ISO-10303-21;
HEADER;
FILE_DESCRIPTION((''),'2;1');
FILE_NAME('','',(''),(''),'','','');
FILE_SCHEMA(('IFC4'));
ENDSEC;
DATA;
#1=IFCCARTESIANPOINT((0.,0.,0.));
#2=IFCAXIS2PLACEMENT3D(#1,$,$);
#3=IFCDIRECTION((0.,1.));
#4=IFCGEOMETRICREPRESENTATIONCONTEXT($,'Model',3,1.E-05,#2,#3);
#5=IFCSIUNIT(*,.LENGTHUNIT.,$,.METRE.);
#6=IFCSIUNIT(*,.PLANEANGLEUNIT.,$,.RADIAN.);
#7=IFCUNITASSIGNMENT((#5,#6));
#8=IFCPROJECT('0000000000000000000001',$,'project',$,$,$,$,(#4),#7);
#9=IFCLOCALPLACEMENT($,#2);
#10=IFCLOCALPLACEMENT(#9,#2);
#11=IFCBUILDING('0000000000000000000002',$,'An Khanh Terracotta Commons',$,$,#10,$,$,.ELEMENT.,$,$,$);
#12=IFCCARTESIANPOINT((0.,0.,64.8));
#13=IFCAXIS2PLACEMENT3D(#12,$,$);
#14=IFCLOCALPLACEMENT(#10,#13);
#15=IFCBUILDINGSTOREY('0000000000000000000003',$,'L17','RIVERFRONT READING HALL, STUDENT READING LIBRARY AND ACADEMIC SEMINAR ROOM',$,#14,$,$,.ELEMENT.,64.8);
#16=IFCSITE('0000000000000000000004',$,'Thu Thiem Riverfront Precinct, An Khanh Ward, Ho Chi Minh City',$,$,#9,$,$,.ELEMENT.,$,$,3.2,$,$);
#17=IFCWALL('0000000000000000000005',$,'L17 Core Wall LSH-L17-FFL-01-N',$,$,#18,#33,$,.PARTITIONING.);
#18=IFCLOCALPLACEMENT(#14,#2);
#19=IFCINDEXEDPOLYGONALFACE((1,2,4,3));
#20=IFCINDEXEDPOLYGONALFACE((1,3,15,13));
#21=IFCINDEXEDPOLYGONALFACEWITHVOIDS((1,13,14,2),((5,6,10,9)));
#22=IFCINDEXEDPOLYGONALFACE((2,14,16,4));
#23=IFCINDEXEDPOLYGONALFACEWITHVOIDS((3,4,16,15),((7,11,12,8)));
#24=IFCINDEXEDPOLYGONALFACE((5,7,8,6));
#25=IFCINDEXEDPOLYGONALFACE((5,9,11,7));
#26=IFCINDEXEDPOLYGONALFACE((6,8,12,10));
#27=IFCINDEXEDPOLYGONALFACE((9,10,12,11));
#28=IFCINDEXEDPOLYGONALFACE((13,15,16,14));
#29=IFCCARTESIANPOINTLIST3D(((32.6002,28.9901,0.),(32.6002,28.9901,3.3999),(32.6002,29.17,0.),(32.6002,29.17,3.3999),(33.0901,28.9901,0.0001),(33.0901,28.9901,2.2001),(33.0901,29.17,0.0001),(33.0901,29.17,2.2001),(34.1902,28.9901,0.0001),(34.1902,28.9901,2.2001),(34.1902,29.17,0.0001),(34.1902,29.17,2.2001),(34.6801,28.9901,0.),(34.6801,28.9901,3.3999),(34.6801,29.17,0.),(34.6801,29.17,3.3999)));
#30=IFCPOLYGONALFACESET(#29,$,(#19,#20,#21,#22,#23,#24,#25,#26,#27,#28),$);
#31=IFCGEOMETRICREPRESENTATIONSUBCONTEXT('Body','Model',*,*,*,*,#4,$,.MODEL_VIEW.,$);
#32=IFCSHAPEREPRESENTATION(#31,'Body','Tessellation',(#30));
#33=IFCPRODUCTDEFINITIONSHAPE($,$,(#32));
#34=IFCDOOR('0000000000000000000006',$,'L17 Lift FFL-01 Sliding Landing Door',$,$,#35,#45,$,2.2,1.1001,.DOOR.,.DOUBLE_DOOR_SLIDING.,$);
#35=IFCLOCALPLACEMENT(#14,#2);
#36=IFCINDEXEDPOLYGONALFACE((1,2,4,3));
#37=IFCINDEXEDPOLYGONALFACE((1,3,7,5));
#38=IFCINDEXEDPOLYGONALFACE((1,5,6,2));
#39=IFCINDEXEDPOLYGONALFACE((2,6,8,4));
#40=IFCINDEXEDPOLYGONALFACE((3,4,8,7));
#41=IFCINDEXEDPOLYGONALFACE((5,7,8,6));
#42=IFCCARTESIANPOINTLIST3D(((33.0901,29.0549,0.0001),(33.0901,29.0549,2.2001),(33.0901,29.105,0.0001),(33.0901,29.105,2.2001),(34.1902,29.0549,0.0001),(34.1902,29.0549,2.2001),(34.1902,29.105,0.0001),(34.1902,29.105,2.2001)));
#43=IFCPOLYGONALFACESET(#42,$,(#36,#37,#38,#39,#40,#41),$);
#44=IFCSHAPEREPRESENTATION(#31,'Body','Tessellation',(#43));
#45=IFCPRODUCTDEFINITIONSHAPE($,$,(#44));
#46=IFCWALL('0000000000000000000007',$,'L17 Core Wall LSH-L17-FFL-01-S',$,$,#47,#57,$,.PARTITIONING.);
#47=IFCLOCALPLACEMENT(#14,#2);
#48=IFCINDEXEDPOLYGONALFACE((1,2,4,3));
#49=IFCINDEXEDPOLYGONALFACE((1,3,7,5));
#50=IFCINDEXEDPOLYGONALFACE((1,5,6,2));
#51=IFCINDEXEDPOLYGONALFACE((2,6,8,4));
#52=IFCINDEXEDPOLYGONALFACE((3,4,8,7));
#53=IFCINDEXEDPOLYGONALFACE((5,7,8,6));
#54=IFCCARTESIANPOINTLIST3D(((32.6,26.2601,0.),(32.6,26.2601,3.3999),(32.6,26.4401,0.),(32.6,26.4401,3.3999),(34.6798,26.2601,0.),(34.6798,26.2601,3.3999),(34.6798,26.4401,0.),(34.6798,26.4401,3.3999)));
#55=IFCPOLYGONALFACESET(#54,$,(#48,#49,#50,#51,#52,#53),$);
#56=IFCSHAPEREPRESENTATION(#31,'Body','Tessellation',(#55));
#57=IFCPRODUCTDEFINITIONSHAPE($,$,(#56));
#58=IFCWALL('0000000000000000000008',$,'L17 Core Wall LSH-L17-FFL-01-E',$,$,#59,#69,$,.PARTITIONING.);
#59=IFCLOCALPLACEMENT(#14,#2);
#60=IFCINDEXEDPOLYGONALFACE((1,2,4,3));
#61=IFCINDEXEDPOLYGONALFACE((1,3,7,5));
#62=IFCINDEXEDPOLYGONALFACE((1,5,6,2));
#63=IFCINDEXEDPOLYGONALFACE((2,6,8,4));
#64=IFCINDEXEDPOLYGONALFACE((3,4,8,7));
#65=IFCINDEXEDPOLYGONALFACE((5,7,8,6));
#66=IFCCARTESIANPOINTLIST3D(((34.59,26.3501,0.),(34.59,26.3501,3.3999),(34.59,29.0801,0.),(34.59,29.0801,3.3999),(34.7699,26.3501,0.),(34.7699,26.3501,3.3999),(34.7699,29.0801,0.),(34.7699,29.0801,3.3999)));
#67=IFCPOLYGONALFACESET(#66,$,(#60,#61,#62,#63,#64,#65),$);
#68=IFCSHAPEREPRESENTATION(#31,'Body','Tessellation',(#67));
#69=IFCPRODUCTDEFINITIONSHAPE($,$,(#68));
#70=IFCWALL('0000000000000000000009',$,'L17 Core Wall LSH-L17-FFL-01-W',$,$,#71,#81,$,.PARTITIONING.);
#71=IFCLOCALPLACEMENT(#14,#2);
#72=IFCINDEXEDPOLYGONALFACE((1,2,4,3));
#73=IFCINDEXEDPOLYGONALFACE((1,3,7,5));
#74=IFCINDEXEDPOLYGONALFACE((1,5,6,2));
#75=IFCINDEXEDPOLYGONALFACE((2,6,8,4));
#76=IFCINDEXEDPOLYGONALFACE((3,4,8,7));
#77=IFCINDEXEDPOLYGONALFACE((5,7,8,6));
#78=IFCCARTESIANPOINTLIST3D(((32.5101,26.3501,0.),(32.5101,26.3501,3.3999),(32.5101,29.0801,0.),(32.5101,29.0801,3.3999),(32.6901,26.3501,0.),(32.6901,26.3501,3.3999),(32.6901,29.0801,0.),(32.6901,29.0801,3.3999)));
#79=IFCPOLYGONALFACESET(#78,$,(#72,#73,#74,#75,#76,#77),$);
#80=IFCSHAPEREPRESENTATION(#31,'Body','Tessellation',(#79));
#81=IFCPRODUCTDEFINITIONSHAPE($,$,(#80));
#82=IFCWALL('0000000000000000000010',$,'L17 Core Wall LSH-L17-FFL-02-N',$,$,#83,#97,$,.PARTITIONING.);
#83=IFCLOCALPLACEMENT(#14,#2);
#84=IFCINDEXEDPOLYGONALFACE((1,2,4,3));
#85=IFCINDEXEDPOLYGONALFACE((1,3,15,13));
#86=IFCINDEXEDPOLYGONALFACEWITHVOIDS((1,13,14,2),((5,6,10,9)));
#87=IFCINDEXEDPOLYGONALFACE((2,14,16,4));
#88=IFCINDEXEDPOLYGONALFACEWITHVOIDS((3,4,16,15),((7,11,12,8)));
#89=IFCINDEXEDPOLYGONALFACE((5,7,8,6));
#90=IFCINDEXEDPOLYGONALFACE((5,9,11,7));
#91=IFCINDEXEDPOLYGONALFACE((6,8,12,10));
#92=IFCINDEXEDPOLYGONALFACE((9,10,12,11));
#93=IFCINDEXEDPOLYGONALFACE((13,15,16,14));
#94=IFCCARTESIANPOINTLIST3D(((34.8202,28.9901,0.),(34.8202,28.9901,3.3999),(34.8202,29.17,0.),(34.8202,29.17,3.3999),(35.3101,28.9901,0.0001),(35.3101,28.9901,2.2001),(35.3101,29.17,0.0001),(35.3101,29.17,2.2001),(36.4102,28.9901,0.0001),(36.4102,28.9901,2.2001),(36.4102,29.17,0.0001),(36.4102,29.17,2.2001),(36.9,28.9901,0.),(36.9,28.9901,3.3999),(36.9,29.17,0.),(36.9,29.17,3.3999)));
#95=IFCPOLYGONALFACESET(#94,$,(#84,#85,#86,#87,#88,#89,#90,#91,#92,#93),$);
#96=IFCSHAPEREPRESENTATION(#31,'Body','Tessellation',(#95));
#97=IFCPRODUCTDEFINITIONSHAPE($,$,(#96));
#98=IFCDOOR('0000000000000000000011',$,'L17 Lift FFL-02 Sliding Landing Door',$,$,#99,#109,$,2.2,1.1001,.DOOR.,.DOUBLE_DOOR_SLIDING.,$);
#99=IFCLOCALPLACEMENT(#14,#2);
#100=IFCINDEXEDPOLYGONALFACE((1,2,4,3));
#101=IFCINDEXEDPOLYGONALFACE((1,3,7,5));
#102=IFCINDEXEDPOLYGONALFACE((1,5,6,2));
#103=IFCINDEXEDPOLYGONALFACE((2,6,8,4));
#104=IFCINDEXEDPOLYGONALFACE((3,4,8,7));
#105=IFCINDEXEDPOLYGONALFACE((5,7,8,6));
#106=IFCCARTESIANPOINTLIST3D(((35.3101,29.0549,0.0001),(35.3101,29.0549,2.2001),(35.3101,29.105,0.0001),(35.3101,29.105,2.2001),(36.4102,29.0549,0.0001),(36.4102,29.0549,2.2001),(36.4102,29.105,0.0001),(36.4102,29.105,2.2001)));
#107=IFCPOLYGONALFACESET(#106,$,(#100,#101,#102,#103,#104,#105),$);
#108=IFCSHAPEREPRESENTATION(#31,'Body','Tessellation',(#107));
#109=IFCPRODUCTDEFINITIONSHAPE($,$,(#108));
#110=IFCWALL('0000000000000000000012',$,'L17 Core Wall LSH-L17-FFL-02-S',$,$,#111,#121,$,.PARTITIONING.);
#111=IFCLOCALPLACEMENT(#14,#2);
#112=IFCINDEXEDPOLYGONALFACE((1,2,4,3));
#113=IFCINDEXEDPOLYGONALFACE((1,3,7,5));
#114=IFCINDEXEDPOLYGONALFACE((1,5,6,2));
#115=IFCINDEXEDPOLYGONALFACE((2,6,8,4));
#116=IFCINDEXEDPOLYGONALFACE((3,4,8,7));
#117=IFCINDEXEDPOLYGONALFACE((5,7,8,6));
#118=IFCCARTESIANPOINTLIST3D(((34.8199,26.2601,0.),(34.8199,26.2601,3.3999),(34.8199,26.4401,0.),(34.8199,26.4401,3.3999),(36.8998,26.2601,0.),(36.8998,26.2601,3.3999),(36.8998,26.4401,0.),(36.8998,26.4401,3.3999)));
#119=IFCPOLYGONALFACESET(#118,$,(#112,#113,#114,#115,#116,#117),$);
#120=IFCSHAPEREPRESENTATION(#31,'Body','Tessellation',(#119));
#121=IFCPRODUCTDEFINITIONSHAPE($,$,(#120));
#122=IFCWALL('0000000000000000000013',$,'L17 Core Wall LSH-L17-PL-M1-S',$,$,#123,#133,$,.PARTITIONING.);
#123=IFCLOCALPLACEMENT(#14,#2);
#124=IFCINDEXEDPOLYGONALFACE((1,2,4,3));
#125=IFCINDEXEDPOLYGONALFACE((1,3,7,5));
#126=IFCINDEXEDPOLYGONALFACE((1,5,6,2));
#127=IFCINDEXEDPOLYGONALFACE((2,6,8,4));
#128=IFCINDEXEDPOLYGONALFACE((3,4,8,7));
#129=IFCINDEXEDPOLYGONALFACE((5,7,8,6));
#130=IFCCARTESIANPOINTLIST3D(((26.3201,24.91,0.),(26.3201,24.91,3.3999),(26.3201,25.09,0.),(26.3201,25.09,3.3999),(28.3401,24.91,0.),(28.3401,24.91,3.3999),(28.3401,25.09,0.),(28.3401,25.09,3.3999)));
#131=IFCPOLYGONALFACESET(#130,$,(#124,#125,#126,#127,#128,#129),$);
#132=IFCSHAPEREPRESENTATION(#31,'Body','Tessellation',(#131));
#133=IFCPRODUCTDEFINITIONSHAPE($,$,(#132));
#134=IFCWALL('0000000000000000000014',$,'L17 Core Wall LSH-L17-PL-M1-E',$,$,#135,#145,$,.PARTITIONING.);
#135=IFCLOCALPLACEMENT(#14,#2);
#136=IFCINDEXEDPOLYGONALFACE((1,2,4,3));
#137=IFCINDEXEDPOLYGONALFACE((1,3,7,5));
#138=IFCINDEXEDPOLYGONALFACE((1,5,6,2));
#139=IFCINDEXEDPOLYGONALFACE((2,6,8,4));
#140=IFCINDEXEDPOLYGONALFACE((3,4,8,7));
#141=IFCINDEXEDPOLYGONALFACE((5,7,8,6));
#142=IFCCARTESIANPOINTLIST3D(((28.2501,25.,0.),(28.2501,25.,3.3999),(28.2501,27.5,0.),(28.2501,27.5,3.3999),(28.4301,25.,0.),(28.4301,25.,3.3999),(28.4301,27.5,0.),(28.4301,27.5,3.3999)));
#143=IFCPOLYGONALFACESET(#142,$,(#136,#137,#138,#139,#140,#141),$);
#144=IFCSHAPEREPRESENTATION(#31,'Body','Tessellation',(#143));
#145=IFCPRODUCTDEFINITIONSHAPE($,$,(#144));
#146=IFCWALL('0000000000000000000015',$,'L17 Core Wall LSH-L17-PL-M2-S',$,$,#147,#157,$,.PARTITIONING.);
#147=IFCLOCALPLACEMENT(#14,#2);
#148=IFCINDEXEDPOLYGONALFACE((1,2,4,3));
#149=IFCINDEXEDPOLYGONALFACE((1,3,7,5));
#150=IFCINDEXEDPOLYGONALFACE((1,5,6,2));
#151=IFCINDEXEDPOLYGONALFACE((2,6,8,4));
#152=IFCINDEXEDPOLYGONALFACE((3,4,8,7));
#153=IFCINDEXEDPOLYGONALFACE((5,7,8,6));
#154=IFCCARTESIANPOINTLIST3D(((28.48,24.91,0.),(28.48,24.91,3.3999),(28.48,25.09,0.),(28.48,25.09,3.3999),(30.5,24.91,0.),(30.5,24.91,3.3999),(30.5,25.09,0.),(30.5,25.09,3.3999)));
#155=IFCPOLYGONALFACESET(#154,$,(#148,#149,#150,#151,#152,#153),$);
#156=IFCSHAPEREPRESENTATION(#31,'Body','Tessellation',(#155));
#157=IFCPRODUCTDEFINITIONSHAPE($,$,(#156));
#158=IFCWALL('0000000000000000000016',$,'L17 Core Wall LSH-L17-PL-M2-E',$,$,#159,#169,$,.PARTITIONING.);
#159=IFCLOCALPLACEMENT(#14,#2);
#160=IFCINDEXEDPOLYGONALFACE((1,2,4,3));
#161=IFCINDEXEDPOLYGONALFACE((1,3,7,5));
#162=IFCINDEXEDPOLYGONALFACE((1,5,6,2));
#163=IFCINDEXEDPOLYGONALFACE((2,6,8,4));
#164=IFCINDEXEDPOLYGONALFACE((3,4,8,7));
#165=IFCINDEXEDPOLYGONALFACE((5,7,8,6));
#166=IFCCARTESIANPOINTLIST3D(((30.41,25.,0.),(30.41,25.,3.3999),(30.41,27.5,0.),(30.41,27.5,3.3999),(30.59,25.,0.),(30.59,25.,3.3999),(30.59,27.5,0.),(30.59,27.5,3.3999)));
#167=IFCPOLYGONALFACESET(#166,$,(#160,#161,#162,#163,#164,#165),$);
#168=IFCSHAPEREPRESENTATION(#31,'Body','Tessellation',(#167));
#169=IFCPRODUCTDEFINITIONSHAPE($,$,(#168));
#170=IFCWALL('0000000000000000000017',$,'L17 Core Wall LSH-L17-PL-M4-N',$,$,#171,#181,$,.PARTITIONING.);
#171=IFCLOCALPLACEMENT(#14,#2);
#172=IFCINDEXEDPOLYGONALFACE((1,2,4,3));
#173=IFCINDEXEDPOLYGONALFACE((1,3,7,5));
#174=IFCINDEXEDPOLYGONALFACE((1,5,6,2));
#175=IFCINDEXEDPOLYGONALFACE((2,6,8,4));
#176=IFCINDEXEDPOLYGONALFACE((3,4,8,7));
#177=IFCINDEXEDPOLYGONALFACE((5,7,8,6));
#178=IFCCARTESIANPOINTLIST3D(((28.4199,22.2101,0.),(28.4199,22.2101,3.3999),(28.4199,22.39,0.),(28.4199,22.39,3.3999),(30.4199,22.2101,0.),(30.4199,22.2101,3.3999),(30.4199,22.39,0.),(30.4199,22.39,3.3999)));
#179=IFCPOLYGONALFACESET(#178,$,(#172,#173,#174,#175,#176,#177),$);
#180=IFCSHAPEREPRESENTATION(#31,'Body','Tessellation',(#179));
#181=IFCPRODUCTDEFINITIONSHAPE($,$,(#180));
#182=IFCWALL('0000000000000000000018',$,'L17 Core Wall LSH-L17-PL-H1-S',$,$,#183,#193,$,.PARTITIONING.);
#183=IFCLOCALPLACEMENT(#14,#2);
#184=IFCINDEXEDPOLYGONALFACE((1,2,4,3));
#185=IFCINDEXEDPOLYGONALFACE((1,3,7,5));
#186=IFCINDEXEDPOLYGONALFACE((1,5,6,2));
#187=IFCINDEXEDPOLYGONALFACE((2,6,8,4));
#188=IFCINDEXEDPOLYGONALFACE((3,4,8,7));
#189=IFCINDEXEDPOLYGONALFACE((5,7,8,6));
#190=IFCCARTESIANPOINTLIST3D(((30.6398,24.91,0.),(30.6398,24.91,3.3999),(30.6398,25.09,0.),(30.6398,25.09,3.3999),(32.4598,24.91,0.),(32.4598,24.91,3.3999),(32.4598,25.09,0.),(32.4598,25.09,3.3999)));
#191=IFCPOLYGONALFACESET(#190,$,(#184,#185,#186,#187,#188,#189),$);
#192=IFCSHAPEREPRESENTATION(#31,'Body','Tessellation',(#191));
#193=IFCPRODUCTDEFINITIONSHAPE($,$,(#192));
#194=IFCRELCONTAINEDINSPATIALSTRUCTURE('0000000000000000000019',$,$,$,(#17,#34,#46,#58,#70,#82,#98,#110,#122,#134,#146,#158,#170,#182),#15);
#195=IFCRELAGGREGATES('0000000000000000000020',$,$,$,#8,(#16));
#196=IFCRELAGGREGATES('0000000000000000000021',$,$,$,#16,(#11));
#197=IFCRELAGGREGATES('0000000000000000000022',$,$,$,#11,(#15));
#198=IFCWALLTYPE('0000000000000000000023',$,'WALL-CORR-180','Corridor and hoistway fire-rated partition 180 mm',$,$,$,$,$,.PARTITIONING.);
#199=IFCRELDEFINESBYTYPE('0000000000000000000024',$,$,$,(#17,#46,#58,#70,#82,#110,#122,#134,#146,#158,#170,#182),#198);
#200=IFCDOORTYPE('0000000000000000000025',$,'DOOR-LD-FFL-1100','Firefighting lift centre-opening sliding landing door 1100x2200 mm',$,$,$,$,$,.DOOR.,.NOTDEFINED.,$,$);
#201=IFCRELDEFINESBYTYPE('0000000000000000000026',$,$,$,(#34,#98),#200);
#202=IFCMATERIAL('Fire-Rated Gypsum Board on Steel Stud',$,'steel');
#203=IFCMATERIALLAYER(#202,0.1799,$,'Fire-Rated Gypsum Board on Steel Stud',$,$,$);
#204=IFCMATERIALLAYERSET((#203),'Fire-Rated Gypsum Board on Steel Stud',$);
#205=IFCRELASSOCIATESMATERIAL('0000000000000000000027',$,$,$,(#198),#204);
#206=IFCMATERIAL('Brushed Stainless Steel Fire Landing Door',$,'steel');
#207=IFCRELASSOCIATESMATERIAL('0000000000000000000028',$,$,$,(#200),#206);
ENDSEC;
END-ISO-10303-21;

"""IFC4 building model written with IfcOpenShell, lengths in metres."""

from ifc_helpers import new_model, si_unit, direction, frame, frame_2d, origin, place, context, subcontext, project, spatial, rectangle, extrude, material, layer, layer_set, type_object, element, fill, save


model = new_model("IFC4")

# Units and contexts
model_context = context("Model", 3, precision=1e-05, world=origin(), true_north=direction((0.0, 1.0)))
body_context = subcontext(model_context, "Body", "Model", "MODEL_VIEW")
ifc_project = project(units=[si_unit("LENGTHUNIT", "METRE"), si_unit("PLANEANGLEUNIT", "RADIAN")], contexts=[model_context])

# Site, building, storey
site_placement = place(None, origin())
site = spatial("IfcSite", under=ifc_project, at=site_placement, Name="Thu Thiem Riverfront Precinct, An Khanh Ward, Ho Chi Minh City", CompositionType="ELEMENT", RefElevation=3.2)
building_placement = place(site_placement, origin())
building = spatial("IfcBuilding", under=site, at=building_placement, Name="An Khanh Terracotta Commons", CompositionType="ELEMENT")
storey_placement = place(building_placement, frame((0.0, 0.0, 64.8)))
storey = spatial("IfcBuildingStorey", under=building, at=storey_placement, Name="L17", Description="RIVERFRONT READING HALL, STUDENT READING LIBRARY AND ACADEMIC SEMINAR ROOM", CompositionType="ELEMENT", Elevation=64.8)

# Shared definitions
ifc_material_1 = material(Name="Fire-Rated Gypsum Board on Steel Stud", Category="steel")
ifc_layer_1 = layer(ifc_material_1, 0.1799, Name="Fire-Rated Gypsum Board on Steel Stud")
ifc_layer_set_1 = layer_set([ifc_layer_1], Name="Fire-Rated Gypsum Board on Steel Stud")
wall_type_1 = type_object("IfcWallType", Name="WALL-CORR-180", Description="Corridor and hoistway fire-rated partition 180 mm", PredefinedType="PARTITIONING", material=ifc_layer_set_1)

# Wall, opening, door
wall_1_placement = place(storey_placement, frame((32.6001, 29.0801, 0.0), z_axis=(0.0, 0.0, 1.0), x_axis=(1.0, 0.0, 0.0)))
wall_1 = element("IfcWall", 1, at=wall_1_placement, inside=storey, type_object=wall_type_1, Name="L17 Core Wall LSH-L17-FFL-01-N", PredefinedType="PARTITIONING", context=body_context, shape_type="SweptSolid", body=[
    extrude(rectangle(XDim=2.0798, YDim=0.1799, at=frame_2d((1.04, 0.0))), origin(), (0.0, 0.0, 1.0), 3.3999),
])
opening_1_placement = place(wall_1_placement, frame((0.49, 0.0, 0.0)))
opening_1 = element("IfcOpeningElement", 2, at=opening_1_placement, cuts=wall_1, PredefinedType="OPENING", context=body_context, shape_type="SweptSolid", body=[
    extrude(rectangle(XDim=1.1001, YDim=2.2, at=frame_2d((0.55, 1.1001))), frame((0.0, 0.0999, 0.0), z_axis=(0.0, -1.0, 0.0), x_axis=(1.0, 0.0, 0.0)), (0.0, 0.0, 1.0), 0.2),
])
ifc_material_2 = material(Name="Brushed Stainless Steel Fire Landing Door", Category="steel")
door_type_1 = type_object("IfcDoorType", Name="DOOR-LD-FFL-1100", Description="Firefighting lift centre-opening sliding landing door 1100x2200 mm", OperationType="NOTDEFINED", PredefinedType="DOOR", material=ifc_material_2)
door_1_placement = place(opening_1_placement, origin())
door_1 = element("IfcDoor", 3, at=door_1_placement, inside=storey, type_object=door_type_1, Name="L17 Lift FFL-01 Sliding Landing Door", OperationType="DOUBLE_DOOR_SLIDING", OverallHeight=2.2, OverallWidth=1.1001, PredefinedType="DOOR", context=body_context, shape_type="SweptSolid", body=[
    extrude(rectangle(XDim=1.1001, YDim=2.2, at=frame_2d((0.55, 1.1001))), frame((0.0, 0.0249, 0.0), z_axis=(0.0, -1.0, 0.0), x_axis=(1.0, 0.0, 0.0)), (0.0, 0.0, 1.0), 0.05),
])
fill(opening_1, door_1)

# Walls
wall_2_placement = place(storey_placement, frame((34.6799, 26.3501, 0.0), z_axis=(0.0, 0.0, 1.0), x_axis=(-1.0, 0.0, 0.0)))
element("IfcWall", 4, at=wall_2_placement, inside=storey, type_object=wall_type_1, Name="L17 Core Wall LSH-L17-FFL-01-S", PredefinedType="PARTITIONING", context=body_context, shape_type="SweptSolid", body=[
    extrude(rectangle(XDim=2.0798, YDim=0.1799, at=frame_2d((1.04, 0.0))), origin(), (0.0, 0.0, 1.0), 3.3999),
])
for number, where, z_axis, x_axis, name in (
    (5, (34.6799, 26.3501, 0.0), (0.0, 0.0, 1.0), (0.0, 1.0, 0.0), "L17 Core Wall LSH-L17-FFL-01-E"),
    (6, (32.6001, 29.0801, 0.0), (0.0, 0.0, 1.0), (0.0, -1.0, 0.0), "L17 Core Wall LSH-L17-FFL-01-W"),
):
    element("IfcWall", number, at=place(storey_placement, frame(where, z_axis=z_axis, x_axis=x_axis)), inside=storey, type_object=wall_type_1, Name=name, PredefinedType="PARTITIONING", context=body_context, shape_type="SweptSolid", body=[
        extrude(rectangle(XDim=2.73, YDim=0.1799, at=frame_2d((1.365, 0.0))), origin(), (0.0, 0.0, 1.0), 3.3999),
    ])

# Wall, opening, door
wall_3_placement = place(storey_placement, frame((34.8201, 29.0801, 0.0), z_axis=(0.0, 0.0, 1.0), x_axis=(1.0, 0.0, 0.0)))
wall_3 = element("IfcWall", 7, at=wall_3_placement, inside=storey, type_object=wall_type_1, Name="L17 Core Wall LSH-L17-FFL-02-N", PredefinedType="PARTITIONING", context=body_context, shape_type="SweptSolid", body=[
    extrude(rectangle(XDim=2.0798, YDim=0.1799, at=frame_2d((1.04, 0.0))), origin(), (0.0, 0.0, 1.0), 3.3999),
])
opening_2_placement = place(wall_3_placement, frame((0.49, 0.0, 0.0)))
opening_2 = element("IfcOpeningElement", 8, at=opening_2_placement, cuts=wall_3, PredefinedType="OPENING", context=body_context, shape_type="SweptSolid", body=[
    extrude(rectangle(XDim=1.1001, YDim=2.2, at=frame_2d((0.55, 1.1001))), frame((0.0, 0.0999, 0.0), z_axis=(0.0, -1.0, 0.0), x_axis=(1.0, 0.0, 0.0)), (0.0, 0.0, 1.0), 0.2),
])
door_2_placement = place(opening_2_placement, origin())
door_2 = element("IfcDoor", 9, at=door_2_placement, inside=storey, type_object=door_type_1, Name="L17 Lift FFL-02 Sliding Landing Door", OperationType="DOUBLE_DOOR_SLIDING", OverallHeight=2.2, OverallWidth=1.1001, PredefinedType="DOOR", context=body_context, shape_type="SweptSolid", body=[
    extrude(rectangle(XDim=1.1001, YDim=2.2, at=frame_2d((0.55, 1.1001))), frame((0.0, 0.0249, 0.0), z_axis=(0.0, -1.0, 0.0), x_axis=(1.0, 0.0, 0.0)), (0.0, 0.0, 1.0), 0.05),
])
fill(opening_2, door_2)

# Walls
wall_4_placement = place(storey_placement, frame((36.8999, 26.3501, 0.0), z_axis=(0.0, 0.0, 1.0), x_axis=(-1.0, 0.0, 0.0)))
element("IfcWall", 10, at=wall_4_placement, inside=storey, type_object=wall_type_1, Name="L17 Core Wall LSH-L17-FFL-02-S", PredefinedType="PARTITIONING", context=body_context, shape_type="SweptSolid", body=[
    extrude(rectangle(XDim=2.0798, YDim=0.1799, at=frame_2d((1.04, 0.0))), origin(), (0.0, 0.0, 1.0), 3.3999),
])
wall_5_placement = place(storey_placement, frame((28.3401, 25.0, 0.0), z_axis=(0.0, 0.0, 1.0), x_axis=(-1.0, 0.0, 0.0)))
element("IfcWall", 11, at=wall_5_placement, inside=storey, type_object=wall_type_1, Name="L17 Core Wall LSH-L17-PL-M1-S", PredefinedType="PARTITIONING", context=body_context, shape_type="SweptSolid", body=[
    extrude(rectangle(XDim=2.02, YDim=0.1799, at=frame_2d((1.01, 0.0))), origin(), (0.0, 0.0, 1.0), 3.3999),
])
wall_6_placement = place(storey_placement, frame((28.3401, 25.0, 0.0), z_axis=(0.0, 0.0, 1.0), x_axis=(0.0, 1.0, 0.0)))
element("IfcWall", 12, at=wall_6_placement, inside=storey, type_object=wall_type_1, Name="L17 Core Wall LSH-L17-PL-M1-E", PredefinedType="PARTITIONING", context=body_context, shape_type="SweptSolid", body=[
    extrude(rectangle(XDim=2.5, YDim=0.1799, at=frame_2d((1.25, 0.0))), origin(), (0.0, 0.0, 1.0), 3.3999),
])
wall_7_placement = place(storey_placement, frame((30.5, 25.0, 0.0), z_axis=(0.0, 0.0, 1.0), x_axis=(-1.0, 0.0, 0.0)))
element("IfcWall", 13, at=wall_7_placement, inside=storey, type_object=wall_type_1, Name="L17 Core Wall LSH-L17-PL-M2-S", PredefinedType="PARTITIONING", context=body_context, shape_type="SweptSolid", body=[
    extrude(rectangle(XDim=2.02, YDim=0.1799, at=frame_2d((1.01, 0.0))), origin(), (0.0, 0.0, 1.0), 3.3999),
])
wall_8_placement = place(storey_placement, frame((30.5, 25.0, 0.0), z_axis=(0.0, 0.0, 1.0), x_axis=(0.0, 1.0, 0.0)))
element("IfcWall", 14, at=wall_8_placement, inside=storey, type_object=wall_type_1, Name="L17 Core Wall LSH-L17-PL-M2-E", PredefinedType="PARTITIONING", context=body_context, shape_type="SweptSolid", body=[
    extrude(rectangle(XDim=2.5, YDim=0.1799, at=frame_2d((1.25, 0.0))), origin(), (0.0, 0.0, 1.0), 3.3999),
])
wall_9_placement = place(storey_placement, frame((28.4199, 22.3, 0.0), z_axis=(0.0, 0.0, 1.0), x_axis=(1.0, 0.0, 0.0)))
element("IfcWall", 15, at=wall_9_placement, inside=storey, type_object=wall_type_1, Name="L17 Core Wall LSH-L17-PL-M4-N", PredefinedType="PARTITIONING", context=body_context, shape_type="SweptSolid", body=[
    extrude(rectangle(XDim=2.0, YDim=0.1799, at=frame_2d((1.0, 0.0))), origin(), (0.0, 0.0, 1.0), 3.3999),
])
wall_10_placement = place(storey_placement, frame((32.46, 25.0, 0.0), z_axis=(0.0, 0.0, 1.0), x_axis=(-1.0, 0.0, 0.0)))
element("IfcWall", 16, at=wall_10_placement, inside=storey, type_object=wall_type_1, Name="L17 Core Wall LSH-L17-PL-H1-S", PredefinedType="PARTITIONING", context=body_context, shape_type="SweptSolid", body=[
    extrude(rectangle(XDim=1.8201, YDim=0.1799, at=frame_2d((0.9102, 0.0))), origin(), (0.0, 0.0, 1.0), 3.3999),
])

save(model, "model.ifc")
